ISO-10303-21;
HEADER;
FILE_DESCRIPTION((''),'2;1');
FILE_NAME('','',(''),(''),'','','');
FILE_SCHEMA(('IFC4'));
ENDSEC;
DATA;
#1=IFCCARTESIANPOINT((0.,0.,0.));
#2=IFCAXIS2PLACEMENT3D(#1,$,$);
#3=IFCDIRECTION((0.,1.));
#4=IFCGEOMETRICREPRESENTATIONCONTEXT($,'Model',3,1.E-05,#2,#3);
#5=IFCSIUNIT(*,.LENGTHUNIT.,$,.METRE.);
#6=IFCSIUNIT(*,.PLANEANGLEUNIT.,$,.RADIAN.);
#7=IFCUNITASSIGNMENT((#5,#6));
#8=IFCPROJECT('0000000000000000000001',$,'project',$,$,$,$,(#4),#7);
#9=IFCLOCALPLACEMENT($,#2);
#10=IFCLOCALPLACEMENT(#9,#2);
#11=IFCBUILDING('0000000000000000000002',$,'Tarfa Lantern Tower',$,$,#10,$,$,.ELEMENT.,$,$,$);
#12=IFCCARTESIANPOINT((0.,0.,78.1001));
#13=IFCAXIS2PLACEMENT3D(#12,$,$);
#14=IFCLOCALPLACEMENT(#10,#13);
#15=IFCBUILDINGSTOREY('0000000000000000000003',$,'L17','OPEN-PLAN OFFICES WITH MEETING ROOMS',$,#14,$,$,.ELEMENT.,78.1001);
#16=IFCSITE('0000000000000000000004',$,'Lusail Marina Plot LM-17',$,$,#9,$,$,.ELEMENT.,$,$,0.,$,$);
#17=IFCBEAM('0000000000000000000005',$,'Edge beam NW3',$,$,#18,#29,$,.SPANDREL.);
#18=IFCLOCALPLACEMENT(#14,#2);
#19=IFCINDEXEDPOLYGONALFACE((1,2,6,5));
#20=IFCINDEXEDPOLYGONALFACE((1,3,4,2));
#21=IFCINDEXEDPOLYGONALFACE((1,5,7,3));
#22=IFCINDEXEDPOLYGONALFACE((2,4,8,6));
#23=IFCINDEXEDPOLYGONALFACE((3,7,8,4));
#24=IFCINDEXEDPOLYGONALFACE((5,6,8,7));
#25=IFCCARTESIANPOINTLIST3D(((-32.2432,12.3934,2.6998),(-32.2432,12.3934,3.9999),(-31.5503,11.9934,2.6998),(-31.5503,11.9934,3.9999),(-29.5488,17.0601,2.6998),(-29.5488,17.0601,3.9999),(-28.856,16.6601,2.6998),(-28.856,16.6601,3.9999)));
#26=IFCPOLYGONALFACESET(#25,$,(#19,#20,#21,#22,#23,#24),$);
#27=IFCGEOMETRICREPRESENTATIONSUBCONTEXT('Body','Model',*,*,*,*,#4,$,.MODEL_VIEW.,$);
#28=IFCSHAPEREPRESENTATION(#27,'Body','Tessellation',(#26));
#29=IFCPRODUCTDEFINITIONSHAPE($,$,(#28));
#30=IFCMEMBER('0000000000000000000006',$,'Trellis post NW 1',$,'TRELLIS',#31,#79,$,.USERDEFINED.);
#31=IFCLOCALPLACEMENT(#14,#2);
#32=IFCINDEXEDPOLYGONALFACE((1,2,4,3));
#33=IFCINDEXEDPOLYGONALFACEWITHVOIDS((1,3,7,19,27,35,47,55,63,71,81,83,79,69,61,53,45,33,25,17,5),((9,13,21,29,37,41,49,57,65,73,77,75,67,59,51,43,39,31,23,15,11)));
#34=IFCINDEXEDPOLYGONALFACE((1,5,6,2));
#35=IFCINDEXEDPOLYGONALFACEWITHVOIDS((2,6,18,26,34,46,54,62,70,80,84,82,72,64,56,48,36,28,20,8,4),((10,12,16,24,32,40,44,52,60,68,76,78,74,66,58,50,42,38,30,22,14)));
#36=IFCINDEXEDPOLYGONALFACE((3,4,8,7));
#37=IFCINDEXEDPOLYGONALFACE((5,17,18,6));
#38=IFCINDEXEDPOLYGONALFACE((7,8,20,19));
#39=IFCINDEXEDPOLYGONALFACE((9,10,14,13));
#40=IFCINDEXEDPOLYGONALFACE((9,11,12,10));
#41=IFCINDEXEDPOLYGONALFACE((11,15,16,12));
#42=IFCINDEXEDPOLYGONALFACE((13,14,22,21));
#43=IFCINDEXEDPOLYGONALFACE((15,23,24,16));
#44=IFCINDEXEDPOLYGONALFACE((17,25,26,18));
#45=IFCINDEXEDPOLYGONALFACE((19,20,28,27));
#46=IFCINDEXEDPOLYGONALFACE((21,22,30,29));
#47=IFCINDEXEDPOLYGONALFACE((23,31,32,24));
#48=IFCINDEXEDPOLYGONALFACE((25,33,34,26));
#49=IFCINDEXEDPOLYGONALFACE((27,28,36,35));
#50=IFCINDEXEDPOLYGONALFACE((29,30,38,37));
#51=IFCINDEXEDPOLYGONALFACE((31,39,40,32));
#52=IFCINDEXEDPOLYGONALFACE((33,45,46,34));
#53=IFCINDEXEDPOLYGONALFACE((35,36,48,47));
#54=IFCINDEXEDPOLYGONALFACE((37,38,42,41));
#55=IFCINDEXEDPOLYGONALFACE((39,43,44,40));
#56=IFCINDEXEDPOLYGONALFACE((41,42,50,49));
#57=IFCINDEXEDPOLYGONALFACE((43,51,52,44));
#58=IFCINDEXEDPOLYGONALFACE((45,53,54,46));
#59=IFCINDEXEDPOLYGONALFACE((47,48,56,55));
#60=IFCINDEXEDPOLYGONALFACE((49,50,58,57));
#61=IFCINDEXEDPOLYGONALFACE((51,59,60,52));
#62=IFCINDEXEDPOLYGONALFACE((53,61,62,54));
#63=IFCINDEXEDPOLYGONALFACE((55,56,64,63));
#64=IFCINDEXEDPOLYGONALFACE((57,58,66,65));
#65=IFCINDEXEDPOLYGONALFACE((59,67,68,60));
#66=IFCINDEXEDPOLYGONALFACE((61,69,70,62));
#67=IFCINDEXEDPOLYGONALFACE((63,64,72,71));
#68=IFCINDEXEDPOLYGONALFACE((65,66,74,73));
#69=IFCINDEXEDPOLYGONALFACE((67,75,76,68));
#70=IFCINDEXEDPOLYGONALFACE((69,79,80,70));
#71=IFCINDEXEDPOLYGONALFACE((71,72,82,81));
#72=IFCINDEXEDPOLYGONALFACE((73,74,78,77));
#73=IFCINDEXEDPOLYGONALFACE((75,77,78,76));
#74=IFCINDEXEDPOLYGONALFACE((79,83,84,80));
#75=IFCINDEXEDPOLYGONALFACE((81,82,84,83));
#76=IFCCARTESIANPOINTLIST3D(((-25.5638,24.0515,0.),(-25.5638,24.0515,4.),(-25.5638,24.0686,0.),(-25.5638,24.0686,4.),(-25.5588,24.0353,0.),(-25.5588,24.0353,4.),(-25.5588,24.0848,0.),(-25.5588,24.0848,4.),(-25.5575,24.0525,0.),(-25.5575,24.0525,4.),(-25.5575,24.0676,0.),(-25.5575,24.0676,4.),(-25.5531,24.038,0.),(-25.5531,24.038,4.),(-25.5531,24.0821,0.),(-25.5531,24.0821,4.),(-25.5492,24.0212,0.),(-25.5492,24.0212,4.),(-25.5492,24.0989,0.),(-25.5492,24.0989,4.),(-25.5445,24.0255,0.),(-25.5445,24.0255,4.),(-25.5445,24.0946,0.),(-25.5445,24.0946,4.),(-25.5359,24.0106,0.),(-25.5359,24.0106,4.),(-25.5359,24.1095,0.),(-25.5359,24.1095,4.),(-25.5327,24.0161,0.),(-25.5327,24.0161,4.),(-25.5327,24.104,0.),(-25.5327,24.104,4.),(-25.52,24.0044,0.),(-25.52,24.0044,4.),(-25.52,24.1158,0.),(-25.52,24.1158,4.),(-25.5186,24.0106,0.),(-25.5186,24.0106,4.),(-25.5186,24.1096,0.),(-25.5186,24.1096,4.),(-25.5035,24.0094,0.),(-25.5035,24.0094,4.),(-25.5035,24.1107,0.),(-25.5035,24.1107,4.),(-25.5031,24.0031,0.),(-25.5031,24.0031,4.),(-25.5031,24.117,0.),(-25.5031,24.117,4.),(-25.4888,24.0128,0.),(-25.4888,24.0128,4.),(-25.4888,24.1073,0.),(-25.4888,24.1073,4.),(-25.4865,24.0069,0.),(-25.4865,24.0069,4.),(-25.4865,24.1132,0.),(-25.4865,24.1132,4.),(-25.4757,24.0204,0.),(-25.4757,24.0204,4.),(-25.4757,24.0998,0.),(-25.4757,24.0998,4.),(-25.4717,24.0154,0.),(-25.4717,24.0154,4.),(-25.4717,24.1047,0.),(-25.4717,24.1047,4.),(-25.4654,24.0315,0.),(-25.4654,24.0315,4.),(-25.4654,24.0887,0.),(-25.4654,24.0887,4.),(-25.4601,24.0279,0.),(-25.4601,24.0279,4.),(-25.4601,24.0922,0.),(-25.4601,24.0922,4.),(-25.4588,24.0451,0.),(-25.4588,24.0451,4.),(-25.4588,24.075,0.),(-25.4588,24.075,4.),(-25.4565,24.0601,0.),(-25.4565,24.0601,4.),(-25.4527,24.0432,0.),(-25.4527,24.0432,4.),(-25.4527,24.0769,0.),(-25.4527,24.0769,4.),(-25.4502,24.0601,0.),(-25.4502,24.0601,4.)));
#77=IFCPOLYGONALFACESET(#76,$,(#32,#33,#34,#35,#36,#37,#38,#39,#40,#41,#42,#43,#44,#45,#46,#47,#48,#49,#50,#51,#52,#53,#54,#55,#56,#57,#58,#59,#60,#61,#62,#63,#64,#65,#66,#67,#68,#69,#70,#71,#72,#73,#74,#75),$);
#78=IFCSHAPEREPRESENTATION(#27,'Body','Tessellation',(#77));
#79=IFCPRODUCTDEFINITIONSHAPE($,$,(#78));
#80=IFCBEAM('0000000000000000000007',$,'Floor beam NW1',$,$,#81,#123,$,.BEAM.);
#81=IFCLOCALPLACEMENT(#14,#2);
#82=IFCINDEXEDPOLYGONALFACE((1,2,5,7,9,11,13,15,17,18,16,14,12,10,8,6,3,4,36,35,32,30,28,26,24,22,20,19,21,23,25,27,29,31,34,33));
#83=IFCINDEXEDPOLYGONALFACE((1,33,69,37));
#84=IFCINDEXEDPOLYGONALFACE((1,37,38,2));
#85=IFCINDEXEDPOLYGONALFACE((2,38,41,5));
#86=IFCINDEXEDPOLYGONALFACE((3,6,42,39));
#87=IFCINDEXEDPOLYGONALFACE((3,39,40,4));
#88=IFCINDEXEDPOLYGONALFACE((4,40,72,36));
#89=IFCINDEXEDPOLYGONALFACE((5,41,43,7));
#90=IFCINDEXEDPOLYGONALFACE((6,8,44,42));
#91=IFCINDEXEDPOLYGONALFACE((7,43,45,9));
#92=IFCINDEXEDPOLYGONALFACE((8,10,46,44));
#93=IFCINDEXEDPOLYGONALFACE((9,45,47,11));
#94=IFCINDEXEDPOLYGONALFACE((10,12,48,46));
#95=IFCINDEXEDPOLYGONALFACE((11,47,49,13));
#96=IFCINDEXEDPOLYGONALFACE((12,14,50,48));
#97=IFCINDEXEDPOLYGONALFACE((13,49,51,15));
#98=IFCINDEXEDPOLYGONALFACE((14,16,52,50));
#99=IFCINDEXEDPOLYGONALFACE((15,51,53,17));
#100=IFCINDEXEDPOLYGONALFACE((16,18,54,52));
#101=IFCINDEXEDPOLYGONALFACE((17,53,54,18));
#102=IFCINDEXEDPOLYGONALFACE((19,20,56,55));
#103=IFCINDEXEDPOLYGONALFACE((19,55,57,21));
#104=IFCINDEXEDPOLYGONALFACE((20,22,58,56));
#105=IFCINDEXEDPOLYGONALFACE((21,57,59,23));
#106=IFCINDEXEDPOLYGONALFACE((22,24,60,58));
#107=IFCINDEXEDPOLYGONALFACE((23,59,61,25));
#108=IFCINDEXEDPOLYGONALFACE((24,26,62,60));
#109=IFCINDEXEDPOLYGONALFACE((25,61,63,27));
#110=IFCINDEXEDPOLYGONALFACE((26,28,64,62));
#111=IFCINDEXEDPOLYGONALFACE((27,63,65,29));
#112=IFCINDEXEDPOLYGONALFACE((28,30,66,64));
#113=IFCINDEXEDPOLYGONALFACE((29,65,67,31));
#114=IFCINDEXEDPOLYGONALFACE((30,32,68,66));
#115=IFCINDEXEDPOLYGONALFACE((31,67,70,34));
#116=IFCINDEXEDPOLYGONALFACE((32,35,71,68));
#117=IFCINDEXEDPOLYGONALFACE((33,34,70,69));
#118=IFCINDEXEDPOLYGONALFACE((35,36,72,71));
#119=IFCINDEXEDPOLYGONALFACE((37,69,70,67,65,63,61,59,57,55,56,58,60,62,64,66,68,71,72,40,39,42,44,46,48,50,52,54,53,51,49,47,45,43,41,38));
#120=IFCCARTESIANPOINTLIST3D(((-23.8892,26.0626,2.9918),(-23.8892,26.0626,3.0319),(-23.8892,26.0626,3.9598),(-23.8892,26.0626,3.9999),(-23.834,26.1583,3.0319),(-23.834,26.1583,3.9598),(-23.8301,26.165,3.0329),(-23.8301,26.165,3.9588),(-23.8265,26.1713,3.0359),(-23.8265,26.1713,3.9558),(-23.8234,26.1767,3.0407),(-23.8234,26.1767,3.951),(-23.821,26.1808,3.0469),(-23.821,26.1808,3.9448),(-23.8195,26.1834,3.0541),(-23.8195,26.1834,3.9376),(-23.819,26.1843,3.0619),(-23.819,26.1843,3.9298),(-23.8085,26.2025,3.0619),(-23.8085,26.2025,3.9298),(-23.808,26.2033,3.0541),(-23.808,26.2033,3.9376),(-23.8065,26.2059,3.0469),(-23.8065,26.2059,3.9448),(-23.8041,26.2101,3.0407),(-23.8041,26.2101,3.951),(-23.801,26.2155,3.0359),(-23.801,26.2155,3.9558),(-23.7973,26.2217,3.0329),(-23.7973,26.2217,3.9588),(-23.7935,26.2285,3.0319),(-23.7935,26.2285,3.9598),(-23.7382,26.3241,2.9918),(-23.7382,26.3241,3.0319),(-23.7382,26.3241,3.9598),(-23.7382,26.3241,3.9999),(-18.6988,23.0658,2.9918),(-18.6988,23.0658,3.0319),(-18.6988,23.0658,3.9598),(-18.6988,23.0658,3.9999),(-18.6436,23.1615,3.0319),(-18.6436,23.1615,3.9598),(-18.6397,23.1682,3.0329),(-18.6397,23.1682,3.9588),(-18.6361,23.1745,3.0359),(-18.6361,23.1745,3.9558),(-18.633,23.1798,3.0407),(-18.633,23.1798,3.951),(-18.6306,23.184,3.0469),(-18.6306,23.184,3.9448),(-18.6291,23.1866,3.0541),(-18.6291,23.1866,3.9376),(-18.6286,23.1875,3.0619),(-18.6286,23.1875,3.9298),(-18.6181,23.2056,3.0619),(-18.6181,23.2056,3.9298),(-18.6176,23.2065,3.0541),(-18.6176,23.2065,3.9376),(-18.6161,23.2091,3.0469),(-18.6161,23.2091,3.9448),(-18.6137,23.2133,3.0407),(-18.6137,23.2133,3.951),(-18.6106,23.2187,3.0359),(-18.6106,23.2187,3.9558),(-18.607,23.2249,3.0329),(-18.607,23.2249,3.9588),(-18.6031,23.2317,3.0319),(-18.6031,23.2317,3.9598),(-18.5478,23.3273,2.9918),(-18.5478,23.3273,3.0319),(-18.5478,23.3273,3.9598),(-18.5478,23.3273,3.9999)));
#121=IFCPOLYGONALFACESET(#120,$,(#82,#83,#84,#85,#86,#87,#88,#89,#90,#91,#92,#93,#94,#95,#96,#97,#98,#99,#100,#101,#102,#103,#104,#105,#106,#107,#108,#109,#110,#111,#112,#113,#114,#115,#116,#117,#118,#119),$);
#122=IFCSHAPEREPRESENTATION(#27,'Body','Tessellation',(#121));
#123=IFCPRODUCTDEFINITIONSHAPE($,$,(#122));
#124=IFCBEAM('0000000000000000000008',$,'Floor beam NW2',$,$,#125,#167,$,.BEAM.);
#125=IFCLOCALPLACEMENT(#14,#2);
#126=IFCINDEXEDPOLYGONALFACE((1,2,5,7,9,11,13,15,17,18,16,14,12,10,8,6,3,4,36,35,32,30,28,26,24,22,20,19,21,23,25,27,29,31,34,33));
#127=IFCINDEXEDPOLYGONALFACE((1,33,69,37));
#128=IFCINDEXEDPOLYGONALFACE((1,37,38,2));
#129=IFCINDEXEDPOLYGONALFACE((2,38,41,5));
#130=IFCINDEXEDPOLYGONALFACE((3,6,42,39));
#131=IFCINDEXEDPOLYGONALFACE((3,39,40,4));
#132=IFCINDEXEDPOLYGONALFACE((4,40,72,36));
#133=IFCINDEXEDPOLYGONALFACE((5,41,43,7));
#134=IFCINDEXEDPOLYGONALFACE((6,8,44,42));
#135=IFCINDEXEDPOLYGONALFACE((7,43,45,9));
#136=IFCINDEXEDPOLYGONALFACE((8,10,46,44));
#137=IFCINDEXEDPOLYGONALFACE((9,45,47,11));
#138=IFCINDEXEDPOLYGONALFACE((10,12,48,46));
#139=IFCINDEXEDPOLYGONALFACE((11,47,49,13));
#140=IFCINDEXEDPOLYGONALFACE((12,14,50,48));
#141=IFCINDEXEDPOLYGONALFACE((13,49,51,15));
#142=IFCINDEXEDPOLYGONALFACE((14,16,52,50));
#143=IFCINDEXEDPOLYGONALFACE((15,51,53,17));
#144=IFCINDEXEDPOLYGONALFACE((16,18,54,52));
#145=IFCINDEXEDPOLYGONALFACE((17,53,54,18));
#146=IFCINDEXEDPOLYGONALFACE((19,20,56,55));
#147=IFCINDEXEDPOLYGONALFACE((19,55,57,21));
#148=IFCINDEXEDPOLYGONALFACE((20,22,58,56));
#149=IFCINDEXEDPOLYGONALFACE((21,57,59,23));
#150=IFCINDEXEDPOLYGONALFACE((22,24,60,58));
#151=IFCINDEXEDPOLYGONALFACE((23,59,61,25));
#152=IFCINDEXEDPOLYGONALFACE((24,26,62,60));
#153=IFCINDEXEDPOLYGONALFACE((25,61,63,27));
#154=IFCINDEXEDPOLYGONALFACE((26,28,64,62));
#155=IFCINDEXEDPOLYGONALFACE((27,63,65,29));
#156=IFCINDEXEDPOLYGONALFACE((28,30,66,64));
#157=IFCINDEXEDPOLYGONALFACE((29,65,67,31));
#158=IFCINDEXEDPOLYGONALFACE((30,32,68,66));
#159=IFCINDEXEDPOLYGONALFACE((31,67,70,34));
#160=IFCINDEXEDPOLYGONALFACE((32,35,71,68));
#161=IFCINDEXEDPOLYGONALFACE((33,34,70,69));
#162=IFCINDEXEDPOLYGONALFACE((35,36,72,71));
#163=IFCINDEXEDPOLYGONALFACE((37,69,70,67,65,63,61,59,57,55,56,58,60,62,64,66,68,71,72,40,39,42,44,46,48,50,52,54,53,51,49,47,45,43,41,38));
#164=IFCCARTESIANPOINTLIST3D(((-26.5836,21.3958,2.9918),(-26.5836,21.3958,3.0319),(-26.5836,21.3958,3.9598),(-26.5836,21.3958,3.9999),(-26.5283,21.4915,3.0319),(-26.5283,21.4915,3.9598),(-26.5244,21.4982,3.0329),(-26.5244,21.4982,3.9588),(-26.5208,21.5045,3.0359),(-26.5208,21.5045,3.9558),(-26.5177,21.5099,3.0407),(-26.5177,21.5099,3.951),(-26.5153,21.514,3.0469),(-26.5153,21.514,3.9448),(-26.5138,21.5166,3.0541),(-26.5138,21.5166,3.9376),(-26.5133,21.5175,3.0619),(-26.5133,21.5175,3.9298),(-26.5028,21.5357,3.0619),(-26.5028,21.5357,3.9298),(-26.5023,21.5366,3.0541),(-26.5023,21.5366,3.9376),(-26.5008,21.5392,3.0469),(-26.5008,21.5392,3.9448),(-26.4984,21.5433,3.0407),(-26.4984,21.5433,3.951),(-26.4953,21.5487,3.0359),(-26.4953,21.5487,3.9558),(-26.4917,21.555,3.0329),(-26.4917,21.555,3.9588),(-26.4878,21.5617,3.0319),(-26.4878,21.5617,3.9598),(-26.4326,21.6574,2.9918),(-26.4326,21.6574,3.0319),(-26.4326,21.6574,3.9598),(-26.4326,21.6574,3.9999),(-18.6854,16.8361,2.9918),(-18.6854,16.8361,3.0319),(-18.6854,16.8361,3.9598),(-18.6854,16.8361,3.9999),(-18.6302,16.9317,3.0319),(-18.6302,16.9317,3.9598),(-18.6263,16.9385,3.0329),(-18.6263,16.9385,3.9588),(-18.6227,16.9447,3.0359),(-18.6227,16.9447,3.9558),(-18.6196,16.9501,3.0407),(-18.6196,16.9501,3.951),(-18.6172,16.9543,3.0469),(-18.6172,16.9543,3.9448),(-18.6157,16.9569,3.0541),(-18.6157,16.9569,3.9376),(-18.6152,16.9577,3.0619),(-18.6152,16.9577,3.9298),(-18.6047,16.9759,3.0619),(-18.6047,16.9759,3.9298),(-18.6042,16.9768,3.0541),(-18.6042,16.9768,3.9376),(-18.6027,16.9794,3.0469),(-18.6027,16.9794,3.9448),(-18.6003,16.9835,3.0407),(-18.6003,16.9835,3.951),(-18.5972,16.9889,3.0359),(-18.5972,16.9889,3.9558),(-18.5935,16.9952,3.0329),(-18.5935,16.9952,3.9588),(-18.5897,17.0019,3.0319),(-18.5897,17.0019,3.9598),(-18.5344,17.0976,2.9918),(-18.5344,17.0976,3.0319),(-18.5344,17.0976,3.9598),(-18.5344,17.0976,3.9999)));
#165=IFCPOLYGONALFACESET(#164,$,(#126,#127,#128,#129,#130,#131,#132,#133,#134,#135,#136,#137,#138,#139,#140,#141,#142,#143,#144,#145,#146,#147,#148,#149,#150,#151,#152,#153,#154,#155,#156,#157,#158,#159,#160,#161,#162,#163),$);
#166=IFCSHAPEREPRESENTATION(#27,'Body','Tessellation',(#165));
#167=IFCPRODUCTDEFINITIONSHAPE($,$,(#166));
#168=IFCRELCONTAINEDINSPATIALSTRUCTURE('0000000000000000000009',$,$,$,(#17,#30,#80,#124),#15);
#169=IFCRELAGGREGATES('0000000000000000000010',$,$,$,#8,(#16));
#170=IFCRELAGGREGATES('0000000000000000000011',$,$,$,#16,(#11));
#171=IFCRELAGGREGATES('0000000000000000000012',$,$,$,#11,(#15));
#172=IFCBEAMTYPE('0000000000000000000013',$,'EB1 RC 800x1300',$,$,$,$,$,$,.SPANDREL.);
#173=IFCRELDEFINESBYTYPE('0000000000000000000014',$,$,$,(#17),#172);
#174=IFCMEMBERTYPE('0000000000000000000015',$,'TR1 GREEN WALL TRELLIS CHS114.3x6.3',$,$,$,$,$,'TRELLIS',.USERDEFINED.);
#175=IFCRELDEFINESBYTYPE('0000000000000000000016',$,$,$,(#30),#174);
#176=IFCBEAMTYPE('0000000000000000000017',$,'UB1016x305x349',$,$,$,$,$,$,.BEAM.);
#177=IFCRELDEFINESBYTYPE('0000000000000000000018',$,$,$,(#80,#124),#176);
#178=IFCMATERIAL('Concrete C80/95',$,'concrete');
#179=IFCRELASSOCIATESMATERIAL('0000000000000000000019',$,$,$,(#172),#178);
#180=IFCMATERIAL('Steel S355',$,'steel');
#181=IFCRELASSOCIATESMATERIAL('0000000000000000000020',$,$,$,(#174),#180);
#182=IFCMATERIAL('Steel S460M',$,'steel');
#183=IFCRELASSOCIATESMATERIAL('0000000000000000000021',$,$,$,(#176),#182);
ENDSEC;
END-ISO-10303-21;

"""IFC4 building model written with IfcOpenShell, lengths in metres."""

from ifc_helpers import new_model, si_unit, direction, frame, origin, origin_2d, place, context, subcontext, project, spatial, rectangle, hollow_circle, i_section, extrude, material, material_profile, profile_set, type_object, element, save


model = new_model("IFC4")

# Units and contexts
model_context = context("Model", 3, precision=1e-05, world=origin(), true_north=direction((0.0, 1.0)))
body_context = subcontext(model_context, "Body", "Model", "MODEL_VIEW")
ifc_project = project(units=[si_unit("LENGTHUNIT", "METRE"), si_unit("PLANEANGLEUNIT", "RADIAN")], contexts=[model_context])

# Site, building, storey
site_placement = place(None, origin())
site = spatial("IfcSite", under=ifc_project, at=site_placement, Name="Lusail Marina Plot LM-17", CompositionType="ELEMENT", RefElevation=0.0)
building_placement = place(site_placement, origin())
building = spatial("IfcBuilding", under=site, at=building_placement, Name="Tarfa Lantern Tower", CompositionType="ELEMENT")
storey_placement = place(building_placement, frame((0.0, 0.0, 78.1001)))
storey = spatial("IfcBuildingStorey", under=building, at=storey_placement, Name="L17", Description="OPEN-PLAN OFFICES WITH MEETING ROOMS", CompositionType="ELEMENT", Elevation=78.1001)

# Shared definitions
ifc_material_1 = material(Name="Concrete C80/95", Category="concrete")

# Beam
ifc_material_profile_1 = material_profile(ifc_material_1, rectangle(XDim=0.8, YDim=1.3, at=origin_2d()), Name="RC 800x1300")
ifc_profile_set_1 = profile_set([ifc_material_profile_1], Name="Concrete C80/95")
beam_type_1 = type_object("IfcBeamType", Name="EB1 RC 800x1300", PredefinedType="SPANDREL", material=ifc_profile_set_1)
beam_1_placement = place(storey_placement, frame((-29.2024, 16.8601, 3.3499), z_axis=(-0.499998, -0.866026, 0.0), x_axis=(0.866026, -0.499998, 0.0)))
element("IfcBeam", 1, at=beam_1_placement, inside=storey, type_object=beam_type_1, Name="Edge beam NW3", PredefinedType="SPANDREL", context=body_context, shape_type="SweptSolid", body=[
    extrude(rectangle(XDim=0.8, YDim=1.3, at=origin_2d()), origin(), (0.0, 0.0, 1.0), 5.3887),
])

# Member
ifc_material_2 = material(Name="Steel S355", Category="steel")
ifc_material_profile_2 = material_profile(ifc_material_2, hollow_circle(Radius=0.0571, WallThickness=0.0063, at=origin_2d()), Name="CHS114.3x6.3")
ifc_profile_set_2 = profile_set([ifc_material_profile_2], Name="Steel S355")
member_type_1 = type_object("IfcMemberType", Name="TR1 GREEN WALL TRELLIS CHS114.3x6.3", ElementType="TRELLIS", PredefinedType="USERDEFINED", material=ifc_profile_set_2)
member_1_placement = place(storey_placement, frame((-25.5073, 24.0601, 0.0), z_axis=(0.0, 0.0, 1.0), x_axis=(1.0, 0.0, 0.0)))
element("IfcMember", 2, at=member_1_placement, inside=storey, type_object=member_type_1, Name="Trellis post NW 1", ObjectType="TRELLIS", PredefinedType="USERDEFINED", context=body_context, shape_type="SweptSolid", body=[
    extrude(hollow_circle(Radius=0.0571, WallThickness=0.0063, at=origin_2d()), origin(), (0.0, 0.0, 1.0), 4.0),
])

# Beams
ifc_material_3 = material(Name="Steel S460M", Category="steel")
ifc_material_profile_3 = material_profile(ifc_material_3, i_section(OverallWidth=0.302, OverallDepth=1.0081, WebThickness=0.021, FlangeThickness=0.04, FilletRadius=0.03, at=origin_2d()), Name="UB1016x305x349")
ifc_profile_set_3 = profile_set([ifc_material_profile_3], Name="Steel S460M")
beam_type_2 = type_object("IfcBeamType", Name="UB1016x305x349", PredefinedType="BEAM", material=ifc_profile_set_3)
beam_2_placement = place(storey_placement, frame((-23.8137, 26.1934, 3.4958), z_axis=(0.866016, -0.500016, 0.0), x_axis=(0.500016, 0.866016, 0.0)))
element("IfcBeam", 3, at=beam_2_placement, inside=storey, type_object=beam_type_2, Name="Floor beam NW1", PredefinedType="BEAM", context=body_context, shape_type="SweptSolid", body=[
    extrude(i_section(OverallWidth=0.302, OverallDepth=1.0081, WebThickness=0.021, FlangeThickness=0.04, FilletRadius=0.03, at=origin_2d()), origin(), (0.0, 0.0, 1.0), 5.9934),
])
beam_3_placement = place(storey_placement, frame((-26.5081, 21.5266, 3.4958), z_axis=(0.866035, -0.499983, 0.0), x_axis=(0.499983, 0.866035, 0.0)))
element("IfcBeam", 4, at=beam_3_placement, inside=storey, type_object=beam_type_2, Name="Floor beam NW2", PredefinedType="BEAM", context=body_context, shape_type="SweptSolid", body=[
    extrude(i_section(OverallWidth=0.302, OverallDepth=1.0081, WebThickness=0.021, FlangeThickness=0.04, FilletRadius=0.03, at=origin_2d()), origin(), (0.0, 0.0, 1.0), 9.1199),
])

save(model, "model.ifc")
